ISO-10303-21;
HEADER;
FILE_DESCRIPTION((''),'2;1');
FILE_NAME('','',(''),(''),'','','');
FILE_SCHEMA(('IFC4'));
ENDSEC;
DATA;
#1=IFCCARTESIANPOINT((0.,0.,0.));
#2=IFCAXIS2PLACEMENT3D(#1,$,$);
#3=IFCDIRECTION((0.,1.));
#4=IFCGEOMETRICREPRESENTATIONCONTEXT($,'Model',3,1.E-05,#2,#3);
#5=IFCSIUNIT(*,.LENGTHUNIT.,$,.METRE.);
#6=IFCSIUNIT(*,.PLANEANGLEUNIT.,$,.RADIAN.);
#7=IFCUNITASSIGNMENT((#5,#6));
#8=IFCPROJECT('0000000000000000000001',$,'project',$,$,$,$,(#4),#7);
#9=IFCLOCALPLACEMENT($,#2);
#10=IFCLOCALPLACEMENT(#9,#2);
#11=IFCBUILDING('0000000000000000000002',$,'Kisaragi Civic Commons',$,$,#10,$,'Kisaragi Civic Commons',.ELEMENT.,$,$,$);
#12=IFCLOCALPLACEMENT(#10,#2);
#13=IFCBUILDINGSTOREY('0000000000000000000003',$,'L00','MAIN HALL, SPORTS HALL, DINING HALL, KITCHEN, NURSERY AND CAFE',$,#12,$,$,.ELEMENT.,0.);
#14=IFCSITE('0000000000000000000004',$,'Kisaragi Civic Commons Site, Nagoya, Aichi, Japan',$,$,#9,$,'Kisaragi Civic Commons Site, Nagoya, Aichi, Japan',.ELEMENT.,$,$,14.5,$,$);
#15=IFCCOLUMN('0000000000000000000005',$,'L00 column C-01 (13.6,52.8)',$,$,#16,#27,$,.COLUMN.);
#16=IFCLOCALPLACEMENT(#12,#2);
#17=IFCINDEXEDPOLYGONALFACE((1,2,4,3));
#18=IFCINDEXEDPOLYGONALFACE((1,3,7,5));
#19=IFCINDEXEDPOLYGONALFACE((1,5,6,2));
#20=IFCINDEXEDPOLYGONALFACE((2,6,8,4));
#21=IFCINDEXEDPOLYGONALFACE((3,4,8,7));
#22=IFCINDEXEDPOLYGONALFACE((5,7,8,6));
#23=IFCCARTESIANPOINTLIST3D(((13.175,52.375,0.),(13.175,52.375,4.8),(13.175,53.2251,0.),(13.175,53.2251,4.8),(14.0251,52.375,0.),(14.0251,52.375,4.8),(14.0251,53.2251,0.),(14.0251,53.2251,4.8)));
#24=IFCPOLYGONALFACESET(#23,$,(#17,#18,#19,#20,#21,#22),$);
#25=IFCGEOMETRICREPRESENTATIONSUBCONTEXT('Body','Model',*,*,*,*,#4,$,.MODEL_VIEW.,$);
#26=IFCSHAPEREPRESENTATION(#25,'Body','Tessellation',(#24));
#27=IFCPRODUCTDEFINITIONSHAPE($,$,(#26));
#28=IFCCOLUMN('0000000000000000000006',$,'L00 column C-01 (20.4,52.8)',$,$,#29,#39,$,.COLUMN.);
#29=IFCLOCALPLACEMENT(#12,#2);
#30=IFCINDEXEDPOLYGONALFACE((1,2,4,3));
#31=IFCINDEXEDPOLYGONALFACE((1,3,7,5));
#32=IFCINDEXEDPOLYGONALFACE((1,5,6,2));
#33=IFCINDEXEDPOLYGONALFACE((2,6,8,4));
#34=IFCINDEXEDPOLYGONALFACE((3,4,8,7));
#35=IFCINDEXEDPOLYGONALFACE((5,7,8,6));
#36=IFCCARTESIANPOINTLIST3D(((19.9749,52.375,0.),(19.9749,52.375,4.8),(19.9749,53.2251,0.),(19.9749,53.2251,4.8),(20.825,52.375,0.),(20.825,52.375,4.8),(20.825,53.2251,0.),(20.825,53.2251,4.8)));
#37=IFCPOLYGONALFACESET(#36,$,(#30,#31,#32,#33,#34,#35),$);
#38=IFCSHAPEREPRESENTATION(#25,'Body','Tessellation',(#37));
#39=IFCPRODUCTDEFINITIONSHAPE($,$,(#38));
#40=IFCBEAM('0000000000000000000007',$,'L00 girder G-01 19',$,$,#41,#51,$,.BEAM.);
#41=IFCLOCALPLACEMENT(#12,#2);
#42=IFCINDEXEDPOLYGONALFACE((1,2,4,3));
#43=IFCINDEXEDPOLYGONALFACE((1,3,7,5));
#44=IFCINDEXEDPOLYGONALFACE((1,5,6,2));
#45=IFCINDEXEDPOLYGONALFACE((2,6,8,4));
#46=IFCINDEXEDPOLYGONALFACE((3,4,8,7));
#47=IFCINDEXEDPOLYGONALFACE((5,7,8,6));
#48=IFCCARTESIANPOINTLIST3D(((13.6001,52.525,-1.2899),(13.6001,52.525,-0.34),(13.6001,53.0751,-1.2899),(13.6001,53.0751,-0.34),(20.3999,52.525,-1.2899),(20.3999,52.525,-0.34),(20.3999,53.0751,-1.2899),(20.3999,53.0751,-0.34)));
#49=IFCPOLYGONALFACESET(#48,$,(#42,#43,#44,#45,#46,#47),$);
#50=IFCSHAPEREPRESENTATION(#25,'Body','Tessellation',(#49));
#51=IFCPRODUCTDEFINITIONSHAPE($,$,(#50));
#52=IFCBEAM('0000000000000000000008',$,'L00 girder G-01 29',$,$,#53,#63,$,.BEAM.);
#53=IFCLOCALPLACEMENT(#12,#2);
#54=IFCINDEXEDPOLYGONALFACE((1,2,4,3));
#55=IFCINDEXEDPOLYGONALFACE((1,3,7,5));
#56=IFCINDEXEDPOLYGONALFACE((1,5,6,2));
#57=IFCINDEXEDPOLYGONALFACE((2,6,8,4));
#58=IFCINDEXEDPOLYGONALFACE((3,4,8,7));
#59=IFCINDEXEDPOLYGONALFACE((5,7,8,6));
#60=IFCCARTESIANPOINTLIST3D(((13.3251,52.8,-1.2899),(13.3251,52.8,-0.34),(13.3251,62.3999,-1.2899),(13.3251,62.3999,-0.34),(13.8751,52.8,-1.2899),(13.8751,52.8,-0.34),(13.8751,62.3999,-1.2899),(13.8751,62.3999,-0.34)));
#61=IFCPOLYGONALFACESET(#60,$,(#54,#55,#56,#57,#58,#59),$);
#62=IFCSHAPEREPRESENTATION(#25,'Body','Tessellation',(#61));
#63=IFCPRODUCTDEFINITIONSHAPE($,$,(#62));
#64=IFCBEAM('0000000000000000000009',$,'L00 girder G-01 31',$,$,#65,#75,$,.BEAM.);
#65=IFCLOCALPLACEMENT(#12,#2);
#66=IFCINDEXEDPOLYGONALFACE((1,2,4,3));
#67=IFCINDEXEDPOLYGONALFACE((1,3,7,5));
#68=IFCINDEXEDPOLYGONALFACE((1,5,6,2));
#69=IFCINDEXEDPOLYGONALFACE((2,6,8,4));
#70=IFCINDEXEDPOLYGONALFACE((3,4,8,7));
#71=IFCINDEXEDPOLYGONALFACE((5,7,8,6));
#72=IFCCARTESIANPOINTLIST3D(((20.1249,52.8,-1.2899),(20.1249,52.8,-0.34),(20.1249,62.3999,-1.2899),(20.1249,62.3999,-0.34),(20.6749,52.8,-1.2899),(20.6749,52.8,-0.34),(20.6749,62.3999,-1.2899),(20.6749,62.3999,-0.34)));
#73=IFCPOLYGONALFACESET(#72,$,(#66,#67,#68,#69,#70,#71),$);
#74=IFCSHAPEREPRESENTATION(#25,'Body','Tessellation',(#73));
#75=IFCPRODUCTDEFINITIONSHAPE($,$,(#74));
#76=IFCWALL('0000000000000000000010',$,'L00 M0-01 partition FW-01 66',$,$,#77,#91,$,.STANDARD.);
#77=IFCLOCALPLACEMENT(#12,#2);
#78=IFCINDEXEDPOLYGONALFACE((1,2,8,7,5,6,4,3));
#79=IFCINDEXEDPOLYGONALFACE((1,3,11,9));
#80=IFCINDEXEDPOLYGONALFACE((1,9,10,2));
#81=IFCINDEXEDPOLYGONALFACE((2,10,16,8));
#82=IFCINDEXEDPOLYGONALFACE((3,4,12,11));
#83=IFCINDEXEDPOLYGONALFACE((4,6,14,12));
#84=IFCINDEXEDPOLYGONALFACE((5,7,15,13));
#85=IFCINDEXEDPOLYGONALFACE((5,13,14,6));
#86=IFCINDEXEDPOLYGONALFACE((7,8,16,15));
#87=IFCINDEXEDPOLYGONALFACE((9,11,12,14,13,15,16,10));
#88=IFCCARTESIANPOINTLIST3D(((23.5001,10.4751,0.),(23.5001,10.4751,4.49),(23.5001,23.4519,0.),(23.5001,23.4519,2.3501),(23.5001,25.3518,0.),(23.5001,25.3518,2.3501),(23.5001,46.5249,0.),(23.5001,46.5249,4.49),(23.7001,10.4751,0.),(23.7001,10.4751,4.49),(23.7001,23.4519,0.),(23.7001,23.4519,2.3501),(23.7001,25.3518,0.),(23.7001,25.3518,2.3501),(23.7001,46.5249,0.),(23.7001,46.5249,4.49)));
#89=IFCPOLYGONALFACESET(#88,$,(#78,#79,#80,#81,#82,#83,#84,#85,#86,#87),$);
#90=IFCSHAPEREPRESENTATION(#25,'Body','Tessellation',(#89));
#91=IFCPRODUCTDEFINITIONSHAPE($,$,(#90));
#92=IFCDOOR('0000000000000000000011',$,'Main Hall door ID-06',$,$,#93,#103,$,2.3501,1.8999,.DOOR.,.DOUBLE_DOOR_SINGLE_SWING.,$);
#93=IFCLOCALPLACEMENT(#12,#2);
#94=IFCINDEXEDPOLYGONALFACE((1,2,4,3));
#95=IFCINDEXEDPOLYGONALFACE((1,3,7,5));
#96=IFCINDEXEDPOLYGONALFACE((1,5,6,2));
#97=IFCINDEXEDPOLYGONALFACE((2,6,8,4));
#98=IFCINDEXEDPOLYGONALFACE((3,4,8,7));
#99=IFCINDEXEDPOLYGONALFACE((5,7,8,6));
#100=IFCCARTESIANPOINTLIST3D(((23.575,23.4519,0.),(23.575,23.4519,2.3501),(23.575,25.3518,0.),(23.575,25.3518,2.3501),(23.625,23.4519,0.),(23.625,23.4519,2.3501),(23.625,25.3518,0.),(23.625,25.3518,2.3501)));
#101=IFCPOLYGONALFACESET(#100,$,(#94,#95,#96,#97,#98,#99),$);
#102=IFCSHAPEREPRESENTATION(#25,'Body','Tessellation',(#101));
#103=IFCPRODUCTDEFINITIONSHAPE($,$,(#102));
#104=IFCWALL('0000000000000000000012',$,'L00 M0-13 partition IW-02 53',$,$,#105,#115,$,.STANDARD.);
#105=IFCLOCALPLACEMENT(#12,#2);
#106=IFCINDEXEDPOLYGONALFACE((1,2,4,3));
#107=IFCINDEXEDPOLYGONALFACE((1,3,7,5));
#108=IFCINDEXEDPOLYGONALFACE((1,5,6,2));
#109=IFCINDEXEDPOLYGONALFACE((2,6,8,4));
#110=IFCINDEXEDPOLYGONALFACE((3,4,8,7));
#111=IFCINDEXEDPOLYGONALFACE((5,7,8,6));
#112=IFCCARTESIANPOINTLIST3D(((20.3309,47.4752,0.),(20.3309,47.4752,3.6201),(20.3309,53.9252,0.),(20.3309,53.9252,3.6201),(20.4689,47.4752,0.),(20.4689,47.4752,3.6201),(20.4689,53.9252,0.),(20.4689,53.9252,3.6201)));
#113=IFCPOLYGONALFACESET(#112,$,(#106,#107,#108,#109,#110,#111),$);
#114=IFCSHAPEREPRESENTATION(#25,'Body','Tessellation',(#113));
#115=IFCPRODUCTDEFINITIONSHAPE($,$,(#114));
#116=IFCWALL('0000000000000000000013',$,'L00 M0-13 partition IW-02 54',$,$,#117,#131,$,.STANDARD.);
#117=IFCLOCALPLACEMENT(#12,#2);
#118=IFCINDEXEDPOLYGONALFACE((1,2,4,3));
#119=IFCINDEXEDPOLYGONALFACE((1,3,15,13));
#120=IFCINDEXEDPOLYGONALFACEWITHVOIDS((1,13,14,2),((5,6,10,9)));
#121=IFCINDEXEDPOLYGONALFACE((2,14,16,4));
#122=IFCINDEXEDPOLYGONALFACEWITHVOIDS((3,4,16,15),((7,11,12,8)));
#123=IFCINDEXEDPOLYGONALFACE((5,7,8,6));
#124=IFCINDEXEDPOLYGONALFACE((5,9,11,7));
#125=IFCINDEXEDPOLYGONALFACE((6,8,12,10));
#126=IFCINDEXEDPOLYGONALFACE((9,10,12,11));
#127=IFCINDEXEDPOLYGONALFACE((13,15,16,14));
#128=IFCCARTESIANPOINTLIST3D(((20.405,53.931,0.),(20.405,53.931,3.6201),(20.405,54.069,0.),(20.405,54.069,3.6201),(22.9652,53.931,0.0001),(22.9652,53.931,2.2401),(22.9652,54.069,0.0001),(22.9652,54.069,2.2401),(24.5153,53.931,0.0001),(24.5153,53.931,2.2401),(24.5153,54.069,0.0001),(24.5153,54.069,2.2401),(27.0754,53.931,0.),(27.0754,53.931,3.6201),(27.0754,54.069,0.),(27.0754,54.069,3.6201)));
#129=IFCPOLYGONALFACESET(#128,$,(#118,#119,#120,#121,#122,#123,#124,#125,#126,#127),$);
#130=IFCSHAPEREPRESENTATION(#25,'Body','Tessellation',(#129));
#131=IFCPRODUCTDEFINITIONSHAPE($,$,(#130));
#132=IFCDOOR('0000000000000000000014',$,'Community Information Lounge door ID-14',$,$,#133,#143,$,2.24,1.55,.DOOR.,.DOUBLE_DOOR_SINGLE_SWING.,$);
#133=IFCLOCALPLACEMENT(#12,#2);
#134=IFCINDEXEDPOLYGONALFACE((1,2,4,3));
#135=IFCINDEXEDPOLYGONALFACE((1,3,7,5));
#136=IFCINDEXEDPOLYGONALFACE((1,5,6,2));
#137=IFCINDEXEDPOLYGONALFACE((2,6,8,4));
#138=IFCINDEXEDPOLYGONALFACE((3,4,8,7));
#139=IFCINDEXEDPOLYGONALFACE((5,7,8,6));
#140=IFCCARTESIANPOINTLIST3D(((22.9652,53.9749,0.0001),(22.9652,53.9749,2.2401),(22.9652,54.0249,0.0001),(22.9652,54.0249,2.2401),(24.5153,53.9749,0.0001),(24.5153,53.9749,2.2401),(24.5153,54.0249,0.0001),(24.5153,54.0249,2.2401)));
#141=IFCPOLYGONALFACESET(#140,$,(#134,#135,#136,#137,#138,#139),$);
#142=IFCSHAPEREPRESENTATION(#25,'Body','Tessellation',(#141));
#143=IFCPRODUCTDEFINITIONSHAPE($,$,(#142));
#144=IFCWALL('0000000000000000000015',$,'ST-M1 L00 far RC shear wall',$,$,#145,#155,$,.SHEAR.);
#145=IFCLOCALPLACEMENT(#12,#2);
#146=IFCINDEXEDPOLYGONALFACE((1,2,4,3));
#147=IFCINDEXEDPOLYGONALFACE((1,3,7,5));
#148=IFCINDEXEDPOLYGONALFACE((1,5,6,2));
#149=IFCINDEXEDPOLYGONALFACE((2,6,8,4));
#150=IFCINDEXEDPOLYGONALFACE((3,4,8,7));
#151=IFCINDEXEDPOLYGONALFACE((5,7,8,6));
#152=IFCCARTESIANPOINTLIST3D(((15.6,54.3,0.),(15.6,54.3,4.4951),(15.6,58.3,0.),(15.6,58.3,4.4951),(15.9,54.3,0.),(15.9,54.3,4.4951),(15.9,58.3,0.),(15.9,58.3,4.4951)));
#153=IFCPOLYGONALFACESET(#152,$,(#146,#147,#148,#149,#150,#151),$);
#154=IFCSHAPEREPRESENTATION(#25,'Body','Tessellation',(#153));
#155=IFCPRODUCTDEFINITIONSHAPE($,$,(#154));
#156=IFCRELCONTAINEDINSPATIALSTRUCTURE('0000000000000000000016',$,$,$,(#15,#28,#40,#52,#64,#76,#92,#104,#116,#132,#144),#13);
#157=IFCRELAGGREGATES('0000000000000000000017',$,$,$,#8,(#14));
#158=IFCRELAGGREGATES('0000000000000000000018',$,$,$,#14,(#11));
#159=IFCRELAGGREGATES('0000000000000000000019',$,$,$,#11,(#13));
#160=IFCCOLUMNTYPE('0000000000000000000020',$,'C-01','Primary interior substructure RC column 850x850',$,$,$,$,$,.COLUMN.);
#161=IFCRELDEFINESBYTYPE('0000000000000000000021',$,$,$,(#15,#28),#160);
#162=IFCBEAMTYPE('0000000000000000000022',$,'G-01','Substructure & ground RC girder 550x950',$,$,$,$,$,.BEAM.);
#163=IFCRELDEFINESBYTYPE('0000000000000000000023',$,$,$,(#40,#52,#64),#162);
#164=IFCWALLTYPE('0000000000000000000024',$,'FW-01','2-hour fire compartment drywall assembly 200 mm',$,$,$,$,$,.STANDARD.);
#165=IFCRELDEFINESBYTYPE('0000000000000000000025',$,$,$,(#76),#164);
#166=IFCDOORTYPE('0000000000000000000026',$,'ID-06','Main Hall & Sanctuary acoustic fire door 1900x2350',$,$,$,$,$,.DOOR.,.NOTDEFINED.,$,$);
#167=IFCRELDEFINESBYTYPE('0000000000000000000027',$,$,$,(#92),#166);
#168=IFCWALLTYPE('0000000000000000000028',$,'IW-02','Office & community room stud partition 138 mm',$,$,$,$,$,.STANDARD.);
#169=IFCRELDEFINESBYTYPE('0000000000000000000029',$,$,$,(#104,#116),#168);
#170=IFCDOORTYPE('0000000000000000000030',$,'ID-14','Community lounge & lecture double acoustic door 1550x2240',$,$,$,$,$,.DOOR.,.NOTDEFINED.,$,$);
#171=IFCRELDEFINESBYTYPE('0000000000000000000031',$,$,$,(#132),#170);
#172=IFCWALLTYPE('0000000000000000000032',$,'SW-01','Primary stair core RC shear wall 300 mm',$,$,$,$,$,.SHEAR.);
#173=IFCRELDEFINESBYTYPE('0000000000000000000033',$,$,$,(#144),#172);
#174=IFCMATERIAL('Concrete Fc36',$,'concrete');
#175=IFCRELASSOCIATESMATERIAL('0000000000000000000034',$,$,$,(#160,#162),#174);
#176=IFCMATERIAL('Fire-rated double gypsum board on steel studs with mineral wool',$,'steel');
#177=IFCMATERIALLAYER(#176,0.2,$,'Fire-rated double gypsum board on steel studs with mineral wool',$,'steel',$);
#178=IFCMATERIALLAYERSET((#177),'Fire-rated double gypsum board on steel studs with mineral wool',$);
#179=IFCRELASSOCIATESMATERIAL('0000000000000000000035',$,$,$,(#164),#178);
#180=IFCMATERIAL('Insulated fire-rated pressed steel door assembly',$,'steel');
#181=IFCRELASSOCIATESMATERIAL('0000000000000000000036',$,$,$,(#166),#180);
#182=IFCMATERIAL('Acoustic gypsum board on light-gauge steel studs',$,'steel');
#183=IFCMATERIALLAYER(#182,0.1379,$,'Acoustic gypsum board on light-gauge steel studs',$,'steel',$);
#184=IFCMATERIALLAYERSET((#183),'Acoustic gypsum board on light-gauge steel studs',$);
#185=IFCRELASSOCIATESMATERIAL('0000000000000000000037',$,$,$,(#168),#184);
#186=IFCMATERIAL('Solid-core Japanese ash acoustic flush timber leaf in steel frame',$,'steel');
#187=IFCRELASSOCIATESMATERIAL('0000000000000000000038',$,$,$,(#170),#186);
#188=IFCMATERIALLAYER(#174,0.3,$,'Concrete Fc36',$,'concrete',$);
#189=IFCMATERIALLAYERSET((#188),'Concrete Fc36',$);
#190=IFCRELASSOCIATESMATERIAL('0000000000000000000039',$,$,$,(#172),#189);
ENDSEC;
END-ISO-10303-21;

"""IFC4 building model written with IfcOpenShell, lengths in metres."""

from ifc_helpers import new_model, si_unit, direction, frame, frame_2d, origin, origin_2d, place, context, subcontext, project, spatial, rectangle, extrude, material, layer, layer_set, material_profile, profile_set, type_object, element, fill, save


model = new_model("IFC4")

# Units and contexts
model_context = context("Model", 3, precision=1e-05, world=origin(), true_north=direction((0.0, 1.0)))
body_context = subcontext(model_context, "Body", "Model", "MODEL_VIEW")
ifc_project = project(units=[si_unit("LENGTHUNIT", "METRE"), si_unit("PLANEANGLEUNIT", "RADIAN")], contexts=[model_context])

# Site, building, storey
site_placement = place(None, origin())
site = spatial("IfcSite", under=ifc_project, at=site_placement, Name="Kisaragi Civic Commons Site, Nagoya, Aichi, Japan", LongName="Kisaragi Civic Commons Site, Nagoya, Aichi, Japan", CompositionType="ELEMENT", RefElevation=14.5)
building_placement = place(site_placement, origin())
building = spatial("IfcBuilding", under=site, at=building_placement, Name="Kisaragi Civic Commons", LongName="Kisaragi Civic Commons", CompositionType="ELEMENT")
storey_placement = place(building_placement, origin())
storey = spatial("IfcBuildingStorey", under=building, at=storey_placement, Name="L00", Description="MAIN HALL, SPORTS HALL, DINING HALL, KITCHEN, NURSERY AND CAFE", CompositionType="ELEMENT", Elevation=0.0)

# Columns
ifc_material_1 = material(Name="Concrete Fc36", Category="concrete")
ifc_material_profile_1 = material_profile(ifc_material_1, rectangle(XDim=0.8501, YDim=0.8501, at=origin_2d()), Name="RC-850x850", Category="concrete")
ifc_profile_set_1 = profile_set([ifc_material_profile_1], Name="Concrete Fc36")
column_type = type_object("IfcColumnType", Name="C-01", Description="Primary interior substructure RC column 850x850", PredefinedType="COLUMN", material=ifc_profile_set_1)
for number, where, z_axis, x_axis, name in (
    (1, (13.6001, 52.8, 0.0), (0.0, 0.0, 1.0), (1.0, 0.0, 0.0), "L00 column C-01 (13.6,52.8)"),
    (2, (20.3999, 52.8, 0.0), (0.0, 0.0, 1.0), (1.0, 0.0, 0.0), "L00 column C-01 (20.4,52.8)"),
):
    element("IfcColumn", number, at=place(storey_placement, frame(where, z_axis=z_axis, x_axis=x_axis)), inside=storey, type_object=column_type, Name=name, PredefinedType="COLUMN", context=body_context, shape_type="SweptSolid", body=[
        extrude(rectangle(XDim=0.8501, YDim=0.8501, at=origin_2d()), origin(), (0.0, 0.0, 1.0), 4.8),
    ])

# Beams
ifc_material_profile_2 = material_profile(ifc_material_1, rectangle(XDim=0.55, YDim=0.95, at=origin_2d()), Name="RC-550x950", Category="concrete")
ifc_profile_set_2 = profile_set([ifc_material_profile_2], Name="Concrete Fc36")
beam_type = type_object("IfcBeamType", Name="G-01", Description="Substructure & ground RC girder 550x950", PredefinedType="BEAM", material=ifc_profile_set_2)
beam_placement = place(storey_placement, frame((13.6001, 52.8, -0.8149), z_axis=(1.0, 0.0, 0.0), x_axis=(0.0, 1.0, 0.0)))
element("IfcBeam", 3, at=beam_placement, inside=storey, type_object=beam_type, Name="L00 girder G-01 19", PredefinedType="BEAM", context=body_context, shape_type="SweptSolid", body=[
    extrude(rectangle(XDim=0.55, YDim=0.95, at=origin_2d()), origin(), (0.0, 0.0, 1.0), 6.7998),
])
for number, where, z_axis, x_axis, name in (
    (4, (13.6001, 52.8, -0.8149), (0.0, 1.0, 0.0), (-1.0, 0.0, 0.0), "L00 girder G-01 29"),
    (5, (20.3999, 52.8, -0.8149), (0.0, 1.0, 0.0), (-1.0, 0.0, 0.0), "L00 girder G-01 31"),
):
    element("IfcBeam", number, at=place(storey_placement, frame(where, z_axis=z_axis, x_axis=x_axis)), inside=storey, type_object=beam_type, Name=name, PredefinedType="BEAM", context=body_context, shape_type="SweptSolid", body=[
        extrude(rectangle(XDim=0.55, YDim=0.95, at=origin_2d()), origin(), (0.0, 0.0, 1.0), 9.5999),
    ])

# Wall, opening, door
ifc_material_2 = material(Name="Fire-rated double gypsum board on steel studs with mineral wool", Category="steel")
ifc_layer_1 = layer(ifc_material_2, 0.2, Name="Fire-rated double gypsum board on steel studs with mineral wool", Category="steel")
ifc_layer_set_1 = layer_set([ifc_layer_1], Name="Fire-rated double gypsum board on steel studs with mineral wool")
wall_type_1 = type_object("IfcWallType", Name="FW-01", Description="2-hour fire compartment drywall assembly 200 mm", PredefinedType="STANDARD", material=ifc_layer_set_1)
wall_1_placement = place(storey_placement, frame((23.6001, 46.5249, 0.0), z_axis=(0.0, 0.0, 1.0), x_axis=(0.0, -1.0, 0.0)))
wall_1 = element("IfcWall", 6, at=wall_1_placement, inside=storey, type_object=wall_type_1, Name="L00 M0-01 partition FW-01 66", PredefinedType="STANDARD", context=body_context, shape_type="SweptSolid", body=[
    extrude(rectangle(XDim=36.0498, YDim=0.2, at=frame_2d((18.0249, 0.0))), origin(), (0.0, 0.0, 1.0), 4.49),
])
opening_1_placement = place(wall_1_placement, frame((21.1731, 0.0, 0.0)))
opening_1 = element("IfcOpeningElement", 7, at=opening_1_placement, cuts=wall_1, PredefinedType="OPENING", context=body_context, shape_type="SweptSolid", body=[
    extrude(rectangle(XDim=1.8999, YDim=2.3501, at=frame_2d((0.95, 1.175))), frame((0.0, 0.1099, 0.0), z_axis=(0.0, -1.0, 0.0), x_axis=(1.0, 0.0, 0.0)), (0.0, 0.0, 1.0), 0.22),
])
ifc_material_3 = material(Name="Insulated fire-rated pressed steel door assembly", Category="steel")
door_type_1 = type_object("IfcDoorType", Name="ID-06", Description="Main Hall & Sanctuary acoustic fire door 1900x2350", OperationType="NOTDEFINED", PredefinedType="DOOR", material=ifc_material_3)
door_1_placement = place(opening_1_placement, origin())
door_1 = element("IfcDoor", 8, at=door_1_placement, inside=storey, type_object=door_type_1, Name="Main Hall door ID-06", OperationType="DOUBLE_DOOR_SINGLE_SWING", OverallHeight=2.3501, OverallWidth=1.8999, PredefinedType="DOOR", context=body_context, shape_type="SweptSolid", body=[
    extrude(rectangle(XDim=1.8999, YDim=2.3501, at=frame_2d((0.95, 1.175))), frame((0.0, 0.0249, 0.0), z_axis=(0.0, -1.0, 0.0), x_axis=(1.0, 0.0, 0.0)), (0.0, 0.0, 1.0), 0.05),
])
fill(opening_1, door_1)

# Wall
ifc_material_4 = material(Name="Acoustic gypsum board on light-gauge steel studs", Category="steel")
ifc_layer_2 = layer(ifc_material_4, 0.1379, Name="Acoustic gypsum board on light-gauge steel studs", Category="steel")
ifc_layer_set_2 = layer_set([ifc_layer_2], Name="Acoustic gypsum board on light-gauge steel studs")
wall_type_2 = type_object("IfcWallType", Name="IW-02", Description="Office & community room stud partition 138 mm", PredefinedType="STANDARD", material=ifc_layer_set_2)
wall_2_placement = place(storey_placement, frame((20.3999, 47.4751, 0.0), z_axis=(0.0, 0.0, 1.0), x_axis=(0.0, 1.0, 0.0)))
element("IfcWall", 9, at=wall_2_placement, inside=storey, type_object=wall_type_2, Name="L00 M0-13 partition IW-02 53", PredefinedType="STANDARD", context=body_context, shape_type="SweptSolid", body=[
    extrude(rectangle(XDim=6.45, YDim=0.1379, at=frame_2d((3.2251, 0.0))), origin(), (0.0, 0.0, 1.0), 3.6201),
])

# Wall, opening, door
wall_3_placement = place(storey_placement, frame((20.405, 54.0, 0.0), z_axis=(0.0, 0.0, 1.0), x_axis=(1.0, 0.0, 0.0)))
wall_3 = element("IfcWall", 10, at=wall_3_placement, inside=storey, type_object=wall_type_2, Name="L00 M0-13 partition IW-02 54", PredefinedType="STANDARD", context=body_context, shape_type="SweptSolid", body=[
    extrude(rectangle(XDim=6.6704, YDim=0.1379, at=frame_2d((3.3352, 0.0))), origin(), (0.0, 0.0, 1.0), 3.6201),
])
opening_2_placement = place(wall_3_placement, frame((2.5603, 0.0, 0.0)))
opening_2 = element("IfcOpeningElement", 11, at=opening_2_placement, cuts=wall_3, PredefinedType="OPENING", context=body_context, shape_type="SweptSolid", body=[
    extrude(rectangle(XDim=1.55, YDim=2.24, at=frame_2d((0.7749, 1.1201))), frame((0.0, 0.0789, 0.0), z_axis=(0.0, -1.0, 0.0), x_axis=(1.0, 0.0, 0.0)), (0.0, 0.0, 1.0), 0.158),
])
ifc_material_5 = material(Name="Solid-core Japanese ash acoustic flush timber leaf in steel frame", Category="steel")
door_type_2 = type_object("IfcDoorType", Name="ID-14", Description="Community lounge & lecture double acoustic door 1550x2240", OperationType="NOTDEFINED", PredefinedType="DOOR", material=ifc_material_5)
door_2_placement = place(opening_2_placement, origin())
door_2 = element("IfcDoor", 12, at=door_2_placement, inside=storey, type_object=door_type_2, Name="Community Information Lounge door ID-14", OperationType="DOUBLE_DOOR_SINGLE_SWING", OverallHeight=2.24, OverallWidth=1.55, PredefinedType="DOOR", context=body_context, shape_type="SweptSolid", body=[
    extrude(rectangle(XDim=1.55, YDim=2.24, at=frame_2d((0.7749, 1.1201))), frame((0.0, 0.0249, 0.0), z_axis=(0.0, -1.0, 0.0), x_axis=(1.0, 0.0, 0.0)), (0.0, 0.0, 1.0), 0.05),
])
fill(opening_2, door_2)

# Wall
ifc_layer_3 = layer(ifc_material_1, 0.3, Name="Concrete Fc36", Category="concrete")
ifc_layer_set_3 = layer_set([ifc_layer_3], Name="Concrete Fc36")
wall_type_3 = type_object("IfcWallType", Name="SW-01", Description="Primary stair core RC shear wall 300 mm", PredefinedType="SHEAR", material=ifc_layer_set_3)
wall_4_placement = place(storey_placement, frame((15.75, 54.3, 0.0), z_axis=(0.0, 0.0, 1.0), x_axis=(0.0, 1.0, 0.0)))
element("IfcWall", 13, at=wall_4_placement, inside=storey, type_object=wall_type_3, Name="ST-M1 L00 far RC shear wall", PredefinedType="SHEAR", context=body_context, shape_type="SweptSolid", body=[
    extrude(rectangle(XDim=4.0, YDim=0.3, at=frame_2d((2.0, 0.0))), origin(), (0.0, 0.0, 1.0), 4.4951),
])

save(model, "model.ifc")
